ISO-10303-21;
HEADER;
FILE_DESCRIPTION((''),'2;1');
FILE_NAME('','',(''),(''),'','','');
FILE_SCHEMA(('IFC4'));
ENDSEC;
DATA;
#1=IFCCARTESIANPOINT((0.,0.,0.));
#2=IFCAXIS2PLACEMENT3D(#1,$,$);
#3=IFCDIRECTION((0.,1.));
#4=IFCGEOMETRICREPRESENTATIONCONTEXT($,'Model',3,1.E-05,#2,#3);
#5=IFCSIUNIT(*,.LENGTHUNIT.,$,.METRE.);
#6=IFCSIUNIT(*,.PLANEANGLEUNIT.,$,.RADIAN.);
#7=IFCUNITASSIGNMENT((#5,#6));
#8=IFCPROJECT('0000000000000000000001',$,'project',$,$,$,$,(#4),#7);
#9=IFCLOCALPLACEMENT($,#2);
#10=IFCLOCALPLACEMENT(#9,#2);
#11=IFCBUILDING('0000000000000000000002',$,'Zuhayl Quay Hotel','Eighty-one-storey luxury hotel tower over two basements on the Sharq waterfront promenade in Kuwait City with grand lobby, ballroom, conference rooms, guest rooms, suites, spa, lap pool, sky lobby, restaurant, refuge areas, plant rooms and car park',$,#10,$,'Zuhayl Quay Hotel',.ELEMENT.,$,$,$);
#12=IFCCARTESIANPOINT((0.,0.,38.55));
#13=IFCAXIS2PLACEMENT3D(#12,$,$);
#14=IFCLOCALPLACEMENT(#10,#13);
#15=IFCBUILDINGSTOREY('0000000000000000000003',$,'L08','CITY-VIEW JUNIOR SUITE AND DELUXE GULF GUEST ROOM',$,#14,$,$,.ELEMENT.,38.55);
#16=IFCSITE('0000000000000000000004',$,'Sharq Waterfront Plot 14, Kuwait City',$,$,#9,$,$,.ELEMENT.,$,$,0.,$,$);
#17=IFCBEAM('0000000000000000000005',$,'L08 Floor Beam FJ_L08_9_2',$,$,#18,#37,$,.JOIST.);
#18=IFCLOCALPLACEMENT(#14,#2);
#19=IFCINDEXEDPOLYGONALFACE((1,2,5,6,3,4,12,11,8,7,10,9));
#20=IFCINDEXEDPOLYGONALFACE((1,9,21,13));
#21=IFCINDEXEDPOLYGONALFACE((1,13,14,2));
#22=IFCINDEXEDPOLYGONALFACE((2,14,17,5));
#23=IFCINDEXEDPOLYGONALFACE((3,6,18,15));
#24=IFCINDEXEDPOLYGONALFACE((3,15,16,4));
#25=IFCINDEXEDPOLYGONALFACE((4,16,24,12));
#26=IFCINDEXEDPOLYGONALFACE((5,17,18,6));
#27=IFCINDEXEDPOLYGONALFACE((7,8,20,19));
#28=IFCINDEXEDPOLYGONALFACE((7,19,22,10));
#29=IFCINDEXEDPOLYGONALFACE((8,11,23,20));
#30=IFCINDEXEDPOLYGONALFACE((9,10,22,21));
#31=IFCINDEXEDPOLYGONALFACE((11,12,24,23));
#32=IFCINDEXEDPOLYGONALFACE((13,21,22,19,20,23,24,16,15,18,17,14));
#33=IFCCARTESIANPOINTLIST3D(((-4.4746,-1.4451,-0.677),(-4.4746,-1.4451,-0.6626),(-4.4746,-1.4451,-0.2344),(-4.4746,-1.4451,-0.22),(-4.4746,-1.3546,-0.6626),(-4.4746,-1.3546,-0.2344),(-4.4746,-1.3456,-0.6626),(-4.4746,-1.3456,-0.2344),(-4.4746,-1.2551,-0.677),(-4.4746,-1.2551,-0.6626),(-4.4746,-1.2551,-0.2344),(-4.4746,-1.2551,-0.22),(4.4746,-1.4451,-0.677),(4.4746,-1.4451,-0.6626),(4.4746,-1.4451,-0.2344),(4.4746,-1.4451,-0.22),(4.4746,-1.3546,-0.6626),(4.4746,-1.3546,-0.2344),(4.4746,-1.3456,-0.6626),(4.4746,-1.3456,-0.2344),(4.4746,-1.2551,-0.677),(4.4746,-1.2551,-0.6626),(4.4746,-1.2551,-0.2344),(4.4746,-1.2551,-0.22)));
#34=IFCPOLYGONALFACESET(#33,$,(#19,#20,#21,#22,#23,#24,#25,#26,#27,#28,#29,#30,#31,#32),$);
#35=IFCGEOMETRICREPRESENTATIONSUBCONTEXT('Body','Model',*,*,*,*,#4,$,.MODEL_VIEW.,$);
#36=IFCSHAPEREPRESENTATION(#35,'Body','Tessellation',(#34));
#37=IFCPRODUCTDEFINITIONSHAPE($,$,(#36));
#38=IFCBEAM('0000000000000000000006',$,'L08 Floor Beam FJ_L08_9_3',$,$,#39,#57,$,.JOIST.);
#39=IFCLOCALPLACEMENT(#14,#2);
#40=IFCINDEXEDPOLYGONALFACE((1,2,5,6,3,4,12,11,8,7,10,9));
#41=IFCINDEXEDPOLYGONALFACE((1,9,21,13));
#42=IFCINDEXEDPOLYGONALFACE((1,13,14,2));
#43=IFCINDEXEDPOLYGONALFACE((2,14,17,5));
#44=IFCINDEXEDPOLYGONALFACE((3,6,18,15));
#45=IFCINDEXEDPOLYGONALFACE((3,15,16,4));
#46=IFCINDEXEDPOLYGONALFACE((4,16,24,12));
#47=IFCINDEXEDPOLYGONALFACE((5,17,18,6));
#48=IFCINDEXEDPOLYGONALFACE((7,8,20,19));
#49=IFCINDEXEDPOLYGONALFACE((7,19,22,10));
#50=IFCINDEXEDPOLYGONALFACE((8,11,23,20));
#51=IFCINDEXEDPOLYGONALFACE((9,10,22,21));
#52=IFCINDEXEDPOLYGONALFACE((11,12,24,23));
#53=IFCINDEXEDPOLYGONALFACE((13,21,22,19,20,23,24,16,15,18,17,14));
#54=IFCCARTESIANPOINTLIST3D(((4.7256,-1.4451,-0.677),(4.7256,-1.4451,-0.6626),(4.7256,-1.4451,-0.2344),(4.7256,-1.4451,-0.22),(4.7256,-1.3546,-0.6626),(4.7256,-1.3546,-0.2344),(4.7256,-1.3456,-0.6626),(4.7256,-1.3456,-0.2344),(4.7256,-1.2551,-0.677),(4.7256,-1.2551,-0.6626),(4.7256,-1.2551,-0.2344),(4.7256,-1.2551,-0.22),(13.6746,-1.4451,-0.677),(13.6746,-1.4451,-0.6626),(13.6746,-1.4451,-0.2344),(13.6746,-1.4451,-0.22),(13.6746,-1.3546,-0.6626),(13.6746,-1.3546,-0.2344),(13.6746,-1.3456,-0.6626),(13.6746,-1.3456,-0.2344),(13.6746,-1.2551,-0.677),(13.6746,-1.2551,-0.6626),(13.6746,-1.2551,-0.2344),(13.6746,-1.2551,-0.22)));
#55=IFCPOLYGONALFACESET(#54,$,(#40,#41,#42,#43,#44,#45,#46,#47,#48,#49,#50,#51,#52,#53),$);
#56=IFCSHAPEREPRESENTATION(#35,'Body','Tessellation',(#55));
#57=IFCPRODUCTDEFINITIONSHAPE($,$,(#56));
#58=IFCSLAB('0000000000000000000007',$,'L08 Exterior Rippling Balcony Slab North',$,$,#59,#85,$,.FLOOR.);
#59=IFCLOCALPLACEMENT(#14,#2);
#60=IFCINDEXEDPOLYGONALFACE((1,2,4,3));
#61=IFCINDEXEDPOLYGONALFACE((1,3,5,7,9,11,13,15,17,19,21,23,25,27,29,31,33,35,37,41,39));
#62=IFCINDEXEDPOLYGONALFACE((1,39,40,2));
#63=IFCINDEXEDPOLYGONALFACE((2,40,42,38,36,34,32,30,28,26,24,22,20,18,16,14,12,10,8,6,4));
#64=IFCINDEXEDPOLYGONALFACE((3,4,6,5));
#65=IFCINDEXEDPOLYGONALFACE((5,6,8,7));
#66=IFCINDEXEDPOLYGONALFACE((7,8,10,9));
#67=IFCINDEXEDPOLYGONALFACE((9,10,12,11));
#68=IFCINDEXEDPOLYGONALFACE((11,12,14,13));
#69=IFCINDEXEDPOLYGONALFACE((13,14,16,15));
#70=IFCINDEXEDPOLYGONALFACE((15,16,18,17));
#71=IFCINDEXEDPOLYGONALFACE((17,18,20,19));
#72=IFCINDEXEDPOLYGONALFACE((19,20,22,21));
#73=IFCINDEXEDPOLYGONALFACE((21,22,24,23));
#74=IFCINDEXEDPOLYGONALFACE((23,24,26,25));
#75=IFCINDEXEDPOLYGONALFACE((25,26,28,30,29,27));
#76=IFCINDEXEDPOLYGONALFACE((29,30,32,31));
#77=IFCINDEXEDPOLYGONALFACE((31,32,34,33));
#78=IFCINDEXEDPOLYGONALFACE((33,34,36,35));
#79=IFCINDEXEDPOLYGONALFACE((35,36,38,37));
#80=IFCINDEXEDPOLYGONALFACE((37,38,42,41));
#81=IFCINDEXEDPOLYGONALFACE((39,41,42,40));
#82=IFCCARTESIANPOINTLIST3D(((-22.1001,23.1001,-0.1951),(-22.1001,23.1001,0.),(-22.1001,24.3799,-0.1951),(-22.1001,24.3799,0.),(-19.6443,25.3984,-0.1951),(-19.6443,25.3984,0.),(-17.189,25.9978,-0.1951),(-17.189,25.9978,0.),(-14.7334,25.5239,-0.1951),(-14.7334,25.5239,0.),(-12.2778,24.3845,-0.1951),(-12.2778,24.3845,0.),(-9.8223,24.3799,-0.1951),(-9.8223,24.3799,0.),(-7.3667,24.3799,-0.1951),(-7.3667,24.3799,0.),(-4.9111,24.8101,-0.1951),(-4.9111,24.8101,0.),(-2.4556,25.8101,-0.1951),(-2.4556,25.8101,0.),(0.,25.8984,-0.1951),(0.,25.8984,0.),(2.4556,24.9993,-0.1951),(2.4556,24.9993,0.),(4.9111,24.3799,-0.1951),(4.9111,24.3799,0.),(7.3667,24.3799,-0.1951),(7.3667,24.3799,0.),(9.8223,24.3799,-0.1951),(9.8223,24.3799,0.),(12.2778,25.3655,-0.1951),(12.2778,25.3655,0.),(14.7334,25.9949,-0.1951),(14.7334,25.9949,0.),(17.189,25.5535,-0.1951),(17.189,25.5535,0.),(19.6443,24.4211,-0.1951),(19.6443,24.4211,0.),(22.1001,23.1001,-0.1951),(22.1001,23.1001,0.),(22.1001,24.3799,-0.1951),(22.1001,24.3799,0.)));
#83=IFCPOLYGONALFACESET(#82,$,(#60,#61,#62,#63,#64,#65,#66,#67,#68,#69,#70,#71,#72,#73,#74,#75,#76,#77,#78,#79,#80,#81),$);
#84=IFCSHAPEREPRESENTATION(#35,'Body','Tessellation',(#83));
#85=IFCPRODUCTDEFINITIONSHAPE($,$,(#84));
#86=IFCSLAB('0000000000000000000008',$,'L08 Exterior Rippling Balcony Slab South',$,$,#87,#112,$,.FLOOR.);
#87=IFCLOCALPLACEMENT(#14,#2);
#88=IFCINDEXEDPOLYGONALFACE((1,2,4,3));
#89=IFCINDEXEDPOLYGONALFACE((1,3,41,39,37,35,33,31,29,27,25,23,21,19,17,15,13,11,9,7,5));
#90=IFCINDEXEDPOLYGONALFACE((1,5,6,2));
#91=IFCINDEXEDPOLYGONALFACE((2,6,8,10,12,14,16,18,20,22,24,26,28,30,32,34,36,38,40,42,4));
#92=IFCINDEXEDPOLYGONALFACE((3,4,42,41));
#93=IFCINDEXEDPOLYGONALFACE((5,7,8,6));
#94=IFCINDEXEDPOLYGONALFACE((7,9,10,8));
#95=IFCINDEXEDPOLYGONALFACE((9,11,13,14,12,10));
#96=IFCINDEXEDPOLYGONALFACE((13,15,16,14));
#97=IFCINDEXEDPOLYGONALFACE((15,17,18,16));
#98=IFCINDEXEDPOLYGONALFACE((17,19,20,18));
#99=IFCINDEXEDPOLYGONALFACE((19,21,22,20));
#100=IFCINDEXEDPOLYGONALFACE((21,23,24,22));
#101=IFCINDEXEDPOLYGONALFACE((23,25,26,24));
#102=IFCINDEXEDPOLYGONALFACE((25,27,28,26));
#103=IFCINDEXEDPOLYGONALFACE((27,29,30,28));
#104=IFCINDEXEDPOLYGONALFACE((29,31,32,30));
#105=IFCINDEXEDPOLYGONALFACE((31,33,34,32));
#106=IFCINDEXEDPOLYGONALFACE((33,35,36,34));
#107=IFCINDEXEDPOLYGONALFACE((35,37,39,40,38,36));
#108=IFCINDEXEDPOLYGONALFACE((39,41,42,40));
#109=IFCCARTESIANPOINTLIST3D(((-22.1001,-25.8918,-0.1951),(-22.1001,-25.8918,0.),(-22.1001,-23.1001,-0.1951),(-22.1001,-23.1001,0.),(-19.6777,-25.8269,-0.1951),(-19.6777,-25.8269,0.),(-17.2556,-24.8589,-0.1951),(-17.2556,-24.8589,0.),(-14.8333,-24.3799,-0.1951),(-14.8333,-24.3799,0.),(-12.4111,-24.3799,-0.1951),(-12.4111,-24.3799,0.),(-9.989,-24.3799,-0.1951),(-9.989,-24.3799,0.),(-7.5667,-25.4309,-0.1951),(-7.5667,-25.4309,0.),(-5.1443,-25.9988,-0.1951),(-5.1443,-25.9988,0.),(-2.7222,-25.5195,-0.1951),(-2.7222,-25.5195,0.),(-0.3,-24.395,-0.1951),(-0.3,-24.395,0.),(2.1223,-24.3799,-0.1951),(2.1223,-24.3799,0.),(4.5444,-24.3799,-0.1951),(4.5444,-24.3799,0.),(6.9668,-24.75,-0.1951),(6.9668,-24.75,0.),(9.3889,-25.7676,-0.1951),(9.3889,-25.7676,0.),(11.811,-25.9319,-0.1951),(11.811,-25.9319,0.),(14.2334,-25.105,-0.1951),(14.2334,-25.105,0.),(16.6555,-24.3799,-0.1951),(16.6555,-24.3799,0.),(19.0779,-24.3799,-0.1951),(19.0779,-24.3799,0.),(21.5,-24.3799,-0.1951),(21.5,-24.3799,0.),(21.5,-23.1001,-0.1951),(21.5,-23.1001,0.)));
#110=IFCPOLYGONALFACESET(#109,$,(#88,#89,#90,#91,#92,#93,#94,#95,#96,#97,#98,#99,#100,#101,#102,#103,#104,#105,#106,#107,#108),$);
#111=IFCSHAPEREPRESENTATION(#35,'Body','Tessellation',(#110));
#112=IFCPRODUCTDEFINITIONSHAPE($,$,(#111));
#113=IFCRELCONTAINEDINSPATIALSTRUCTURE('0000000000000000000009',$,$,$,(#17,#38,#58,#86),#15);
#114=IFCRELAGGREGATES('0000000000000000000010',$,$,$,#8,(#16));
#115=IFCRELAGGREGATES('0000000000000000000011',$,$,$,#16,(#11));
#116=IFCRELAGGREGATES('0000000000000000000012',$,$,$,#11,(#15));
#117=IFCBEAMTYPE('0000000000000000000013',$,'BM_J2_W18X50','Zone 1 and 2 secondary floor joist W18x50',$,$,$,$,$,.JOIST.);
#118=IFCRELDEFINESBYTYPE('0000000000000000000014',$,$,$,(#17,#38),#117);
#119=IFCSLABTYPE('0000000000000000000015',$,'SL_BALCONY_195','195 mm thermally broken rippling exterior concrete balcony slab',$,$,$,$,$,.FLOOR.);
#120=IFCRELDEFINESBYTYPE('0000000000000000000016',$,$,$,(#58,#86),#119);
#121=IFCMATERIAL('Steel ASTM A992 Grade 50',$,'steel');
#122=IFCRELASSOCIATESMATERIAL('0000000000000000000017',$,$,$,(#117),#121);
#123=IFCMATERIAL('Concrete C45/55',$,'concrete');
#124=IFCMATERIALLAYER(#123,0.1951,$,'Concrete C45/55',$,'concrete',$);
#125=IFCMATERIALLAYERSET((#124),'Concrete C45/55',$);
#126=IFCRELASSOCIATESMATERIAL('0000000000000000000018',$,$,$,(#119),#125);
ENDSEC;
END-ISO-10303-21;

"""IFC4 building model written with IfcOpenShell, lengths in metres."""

from ifc_helpers import new_model, si_unit, direction, frame, origin, origin_2d, place, context, subcontext, project, spatial, polyline, i_section, outline, extrude, material, layer, layer_set, material_profile, profile_set, type_object, element, save


model = new_model("IFC4")

# Units and contexts
model_context = context("Model", 3, precision=1e-05, world=origin(), true_north=direction((0.0, 1.0)))
body_context = subcontext(model_context, "Body", "Model", "MODEL_VIEW")
ifc_project = project(units=[si_unit("LENGTHUNIT", "METRE"), si_unit("PLANEANGLEUNIT", "RADIAN")], contexts=[model_context])

# Site, building, storey
site_placement = place(None, origin())
site = spatial("IfcSite", under=ifc_project, at=site_placement, Name="Sharq Waterfront Plot 14, Kuwait City", CompositionType="ELEMENT", RefElevation=0.0)
building_placement = place(site_placement, origin())
building = spatial("IfcBuilding", under=site, at=building_placement, Name="Zuhayl Quay Hotel", Description="Eighty-one-storey luxury hotel tower over two basements on the Sharq waterfront promenade in Kuwait City with grand lobby, ballroom, conference rooms, guest rooms, suites, spa, lap pool, sky lobby, restaurant, refuge areas, plant rooms and car park", LongName="Zuhayl Quay Hotel", CompositionType="ELEMENT")
storey_placement = place(building_placement, frame((0.0, 0.0, 38.55)))
storey = spatial("IfcBuildingStorey", under=building, at=storey_placement, Name="L08", Description="CITY-VIEW JUNIOR SUITE AND DELUXE GULF GUEST ROOM", CompositionType="ELEMENT", Elevation=38.55)

# Beams
ifc_material_1 = material(Name="Steel ASTM A992 Grade 50", Category="steel")
ifc_material_profile = material_profile(ifc_material_1, i_section(OverallWidth=0.1899, OverallDepth=0.457, WebThickness=0.009, FlangeThickness=0.0144, at=origin_2d()), Name="W18X50")
ifc_profile_set = profile_set([ifc_material_profile], Name="Steel ASTM A992 Grade 50")
beam_type = type_object("IfcBeamType", Name="BM_J2_W18X50", Description="Zone 1 and 2 secondary floor joist W18x50", PredefinedType="JOIST", material=ifc_profile_set)
beam_1_placement = place(storey_placement, frame((-4.4746, -1.3501, -0.4485), z_axis=(1.0, 0.0, 0.0), x_axis=(0.0, 1.0, 0.0)))
element("IfcBeam", 1, at=beam_1_placement, inside=storey, type_object=beam_type, Name="L08 Floor Beam FJ_L08_9_2", PredefinedType="JOIST", context=body_context, shape_type="SweptSolid", body=[
    extrude(i_section(OverallWidth=0.1899, OverallDepth=0.457, WebThickness=0.009, FlangeThickness=0.0144, at=origin_2d()), origin(), (0.0, 0.0, 1.0), 8.9492),
])
beam_2_placement = place(storey_placement, frame((4.7256, -1.3501, -0.4485), z_axis=(1.0, 0.0, 0.0), x_axis=(0.0, 1.0, 0.0)))
element("IfcBeam", 2, at=beam_2_placement, inside=storey, type_object=beam_type, Name="L08 Floor Beam FJ_L08_9_3", PredefinedType="JOIST", context=body_context, shape_type="SweptSolid", body=[
    extrude(i_section(OverallWidth=0.1899, OverallDepth=0.457, WebThickness=0.009, FlangeThickness=0.0144, at=origin_2d()), origin(), (0.0, 0.0, 1.0), 8.949),
])

# Slabs
ifc_material_2 = material(Name="Concrete C45/55", Category="concrete")
ifc_layer_1 = layer(ifc_material_2, 0.1951, Name="Concrete C45/55", Category="concrete")
ifc_layer_set_1 = layer_set([ifc_layer_1], Name="Concrete C45/55")
slab_type_1 = type_object("IfcSlabType", Name="SL_BALCONY_195", Description="195 mm thermally broken rippling exterior concrete balcony slab", PredefinedType="FLOOR", material=ifc_layer_set_1)
slab_1_placement = place(storey_placement, frame((0.0, 0.0, -0.1951)))
element("IfcSlab", 3, at=slab_1_placement, inside=storey, type_object=slab_type_1, Name="L08 Exterior Rippling Balcony Slab North", PredefinedType="FLOOR", context=body_context, shape_type="SweptSolid", body=[
    extrude(outline(polyline([(-22.1001, 23.1001), (22.1001, 23.1001), (22.1001, 24.3799), (19.6443, 24.4211), (17.189, 25.5535), (14.7334, 25.9949), (12.2778, 25.3655), (9.8223, 24.3799), (7.3667, 24.3799), (4.9111, 24.3799), (2.4556, 24.9993), (0.0, 25.8984), (-2.4556, 25.8101), (-4.9111, 24.8101), (-7.3667, 24.3799), (-9.8223, 24.3799), (-12.2778, 24.3845), (-14.7334, 25.5239), (-17.189, 25.9978), (-19.6443, 25.3984), (-22.1001, 24.3799), (-22.1001, 23.1001)])), origin(), (0.0, 0.0, 1.0), 0.1951),
])
slab_2_placement = place(storey_placement, frame((0.0, 0.0, -0.1951)))
element("IfcSlab", 4, at=slab_2_placement, inside=storey, type_object=slab_type_1, Name="L08 Exterior Rippling Balcony Slab South", PredefinedType="FLOOR", context=body_context, shape_type="SweptSolid", body=[
    extrude(outline(polyline([(-22.1001, -25.8918), (-19.6777, -25.8269), (-17.2556, -24.8589), (-14.8333, -24.3799), (-12.4111, -24.3799), (-9.989, -24.3799), (-7.5667, -25.4309), (-5.1443, -25.9988), (-2.7222, -25.5195), (-0.3, -24.395), (2.1223, -24.3799), (4.5444, -24.3799), (6.9668, -24.75), (9.3889, -25.7676), (11.811, -25.9319), (14.2334, -25.105), (16.6555, -24.3799), (19.0779, -24.3799), (21.5, -24.3799), (21.5, -23.1001), (-22.1001, -23.1001), (-22.1001, -25.8918)])), origin(), (0.0, 0.0, 1.0), 0.1951),
])

save(model, "model.ifc")
